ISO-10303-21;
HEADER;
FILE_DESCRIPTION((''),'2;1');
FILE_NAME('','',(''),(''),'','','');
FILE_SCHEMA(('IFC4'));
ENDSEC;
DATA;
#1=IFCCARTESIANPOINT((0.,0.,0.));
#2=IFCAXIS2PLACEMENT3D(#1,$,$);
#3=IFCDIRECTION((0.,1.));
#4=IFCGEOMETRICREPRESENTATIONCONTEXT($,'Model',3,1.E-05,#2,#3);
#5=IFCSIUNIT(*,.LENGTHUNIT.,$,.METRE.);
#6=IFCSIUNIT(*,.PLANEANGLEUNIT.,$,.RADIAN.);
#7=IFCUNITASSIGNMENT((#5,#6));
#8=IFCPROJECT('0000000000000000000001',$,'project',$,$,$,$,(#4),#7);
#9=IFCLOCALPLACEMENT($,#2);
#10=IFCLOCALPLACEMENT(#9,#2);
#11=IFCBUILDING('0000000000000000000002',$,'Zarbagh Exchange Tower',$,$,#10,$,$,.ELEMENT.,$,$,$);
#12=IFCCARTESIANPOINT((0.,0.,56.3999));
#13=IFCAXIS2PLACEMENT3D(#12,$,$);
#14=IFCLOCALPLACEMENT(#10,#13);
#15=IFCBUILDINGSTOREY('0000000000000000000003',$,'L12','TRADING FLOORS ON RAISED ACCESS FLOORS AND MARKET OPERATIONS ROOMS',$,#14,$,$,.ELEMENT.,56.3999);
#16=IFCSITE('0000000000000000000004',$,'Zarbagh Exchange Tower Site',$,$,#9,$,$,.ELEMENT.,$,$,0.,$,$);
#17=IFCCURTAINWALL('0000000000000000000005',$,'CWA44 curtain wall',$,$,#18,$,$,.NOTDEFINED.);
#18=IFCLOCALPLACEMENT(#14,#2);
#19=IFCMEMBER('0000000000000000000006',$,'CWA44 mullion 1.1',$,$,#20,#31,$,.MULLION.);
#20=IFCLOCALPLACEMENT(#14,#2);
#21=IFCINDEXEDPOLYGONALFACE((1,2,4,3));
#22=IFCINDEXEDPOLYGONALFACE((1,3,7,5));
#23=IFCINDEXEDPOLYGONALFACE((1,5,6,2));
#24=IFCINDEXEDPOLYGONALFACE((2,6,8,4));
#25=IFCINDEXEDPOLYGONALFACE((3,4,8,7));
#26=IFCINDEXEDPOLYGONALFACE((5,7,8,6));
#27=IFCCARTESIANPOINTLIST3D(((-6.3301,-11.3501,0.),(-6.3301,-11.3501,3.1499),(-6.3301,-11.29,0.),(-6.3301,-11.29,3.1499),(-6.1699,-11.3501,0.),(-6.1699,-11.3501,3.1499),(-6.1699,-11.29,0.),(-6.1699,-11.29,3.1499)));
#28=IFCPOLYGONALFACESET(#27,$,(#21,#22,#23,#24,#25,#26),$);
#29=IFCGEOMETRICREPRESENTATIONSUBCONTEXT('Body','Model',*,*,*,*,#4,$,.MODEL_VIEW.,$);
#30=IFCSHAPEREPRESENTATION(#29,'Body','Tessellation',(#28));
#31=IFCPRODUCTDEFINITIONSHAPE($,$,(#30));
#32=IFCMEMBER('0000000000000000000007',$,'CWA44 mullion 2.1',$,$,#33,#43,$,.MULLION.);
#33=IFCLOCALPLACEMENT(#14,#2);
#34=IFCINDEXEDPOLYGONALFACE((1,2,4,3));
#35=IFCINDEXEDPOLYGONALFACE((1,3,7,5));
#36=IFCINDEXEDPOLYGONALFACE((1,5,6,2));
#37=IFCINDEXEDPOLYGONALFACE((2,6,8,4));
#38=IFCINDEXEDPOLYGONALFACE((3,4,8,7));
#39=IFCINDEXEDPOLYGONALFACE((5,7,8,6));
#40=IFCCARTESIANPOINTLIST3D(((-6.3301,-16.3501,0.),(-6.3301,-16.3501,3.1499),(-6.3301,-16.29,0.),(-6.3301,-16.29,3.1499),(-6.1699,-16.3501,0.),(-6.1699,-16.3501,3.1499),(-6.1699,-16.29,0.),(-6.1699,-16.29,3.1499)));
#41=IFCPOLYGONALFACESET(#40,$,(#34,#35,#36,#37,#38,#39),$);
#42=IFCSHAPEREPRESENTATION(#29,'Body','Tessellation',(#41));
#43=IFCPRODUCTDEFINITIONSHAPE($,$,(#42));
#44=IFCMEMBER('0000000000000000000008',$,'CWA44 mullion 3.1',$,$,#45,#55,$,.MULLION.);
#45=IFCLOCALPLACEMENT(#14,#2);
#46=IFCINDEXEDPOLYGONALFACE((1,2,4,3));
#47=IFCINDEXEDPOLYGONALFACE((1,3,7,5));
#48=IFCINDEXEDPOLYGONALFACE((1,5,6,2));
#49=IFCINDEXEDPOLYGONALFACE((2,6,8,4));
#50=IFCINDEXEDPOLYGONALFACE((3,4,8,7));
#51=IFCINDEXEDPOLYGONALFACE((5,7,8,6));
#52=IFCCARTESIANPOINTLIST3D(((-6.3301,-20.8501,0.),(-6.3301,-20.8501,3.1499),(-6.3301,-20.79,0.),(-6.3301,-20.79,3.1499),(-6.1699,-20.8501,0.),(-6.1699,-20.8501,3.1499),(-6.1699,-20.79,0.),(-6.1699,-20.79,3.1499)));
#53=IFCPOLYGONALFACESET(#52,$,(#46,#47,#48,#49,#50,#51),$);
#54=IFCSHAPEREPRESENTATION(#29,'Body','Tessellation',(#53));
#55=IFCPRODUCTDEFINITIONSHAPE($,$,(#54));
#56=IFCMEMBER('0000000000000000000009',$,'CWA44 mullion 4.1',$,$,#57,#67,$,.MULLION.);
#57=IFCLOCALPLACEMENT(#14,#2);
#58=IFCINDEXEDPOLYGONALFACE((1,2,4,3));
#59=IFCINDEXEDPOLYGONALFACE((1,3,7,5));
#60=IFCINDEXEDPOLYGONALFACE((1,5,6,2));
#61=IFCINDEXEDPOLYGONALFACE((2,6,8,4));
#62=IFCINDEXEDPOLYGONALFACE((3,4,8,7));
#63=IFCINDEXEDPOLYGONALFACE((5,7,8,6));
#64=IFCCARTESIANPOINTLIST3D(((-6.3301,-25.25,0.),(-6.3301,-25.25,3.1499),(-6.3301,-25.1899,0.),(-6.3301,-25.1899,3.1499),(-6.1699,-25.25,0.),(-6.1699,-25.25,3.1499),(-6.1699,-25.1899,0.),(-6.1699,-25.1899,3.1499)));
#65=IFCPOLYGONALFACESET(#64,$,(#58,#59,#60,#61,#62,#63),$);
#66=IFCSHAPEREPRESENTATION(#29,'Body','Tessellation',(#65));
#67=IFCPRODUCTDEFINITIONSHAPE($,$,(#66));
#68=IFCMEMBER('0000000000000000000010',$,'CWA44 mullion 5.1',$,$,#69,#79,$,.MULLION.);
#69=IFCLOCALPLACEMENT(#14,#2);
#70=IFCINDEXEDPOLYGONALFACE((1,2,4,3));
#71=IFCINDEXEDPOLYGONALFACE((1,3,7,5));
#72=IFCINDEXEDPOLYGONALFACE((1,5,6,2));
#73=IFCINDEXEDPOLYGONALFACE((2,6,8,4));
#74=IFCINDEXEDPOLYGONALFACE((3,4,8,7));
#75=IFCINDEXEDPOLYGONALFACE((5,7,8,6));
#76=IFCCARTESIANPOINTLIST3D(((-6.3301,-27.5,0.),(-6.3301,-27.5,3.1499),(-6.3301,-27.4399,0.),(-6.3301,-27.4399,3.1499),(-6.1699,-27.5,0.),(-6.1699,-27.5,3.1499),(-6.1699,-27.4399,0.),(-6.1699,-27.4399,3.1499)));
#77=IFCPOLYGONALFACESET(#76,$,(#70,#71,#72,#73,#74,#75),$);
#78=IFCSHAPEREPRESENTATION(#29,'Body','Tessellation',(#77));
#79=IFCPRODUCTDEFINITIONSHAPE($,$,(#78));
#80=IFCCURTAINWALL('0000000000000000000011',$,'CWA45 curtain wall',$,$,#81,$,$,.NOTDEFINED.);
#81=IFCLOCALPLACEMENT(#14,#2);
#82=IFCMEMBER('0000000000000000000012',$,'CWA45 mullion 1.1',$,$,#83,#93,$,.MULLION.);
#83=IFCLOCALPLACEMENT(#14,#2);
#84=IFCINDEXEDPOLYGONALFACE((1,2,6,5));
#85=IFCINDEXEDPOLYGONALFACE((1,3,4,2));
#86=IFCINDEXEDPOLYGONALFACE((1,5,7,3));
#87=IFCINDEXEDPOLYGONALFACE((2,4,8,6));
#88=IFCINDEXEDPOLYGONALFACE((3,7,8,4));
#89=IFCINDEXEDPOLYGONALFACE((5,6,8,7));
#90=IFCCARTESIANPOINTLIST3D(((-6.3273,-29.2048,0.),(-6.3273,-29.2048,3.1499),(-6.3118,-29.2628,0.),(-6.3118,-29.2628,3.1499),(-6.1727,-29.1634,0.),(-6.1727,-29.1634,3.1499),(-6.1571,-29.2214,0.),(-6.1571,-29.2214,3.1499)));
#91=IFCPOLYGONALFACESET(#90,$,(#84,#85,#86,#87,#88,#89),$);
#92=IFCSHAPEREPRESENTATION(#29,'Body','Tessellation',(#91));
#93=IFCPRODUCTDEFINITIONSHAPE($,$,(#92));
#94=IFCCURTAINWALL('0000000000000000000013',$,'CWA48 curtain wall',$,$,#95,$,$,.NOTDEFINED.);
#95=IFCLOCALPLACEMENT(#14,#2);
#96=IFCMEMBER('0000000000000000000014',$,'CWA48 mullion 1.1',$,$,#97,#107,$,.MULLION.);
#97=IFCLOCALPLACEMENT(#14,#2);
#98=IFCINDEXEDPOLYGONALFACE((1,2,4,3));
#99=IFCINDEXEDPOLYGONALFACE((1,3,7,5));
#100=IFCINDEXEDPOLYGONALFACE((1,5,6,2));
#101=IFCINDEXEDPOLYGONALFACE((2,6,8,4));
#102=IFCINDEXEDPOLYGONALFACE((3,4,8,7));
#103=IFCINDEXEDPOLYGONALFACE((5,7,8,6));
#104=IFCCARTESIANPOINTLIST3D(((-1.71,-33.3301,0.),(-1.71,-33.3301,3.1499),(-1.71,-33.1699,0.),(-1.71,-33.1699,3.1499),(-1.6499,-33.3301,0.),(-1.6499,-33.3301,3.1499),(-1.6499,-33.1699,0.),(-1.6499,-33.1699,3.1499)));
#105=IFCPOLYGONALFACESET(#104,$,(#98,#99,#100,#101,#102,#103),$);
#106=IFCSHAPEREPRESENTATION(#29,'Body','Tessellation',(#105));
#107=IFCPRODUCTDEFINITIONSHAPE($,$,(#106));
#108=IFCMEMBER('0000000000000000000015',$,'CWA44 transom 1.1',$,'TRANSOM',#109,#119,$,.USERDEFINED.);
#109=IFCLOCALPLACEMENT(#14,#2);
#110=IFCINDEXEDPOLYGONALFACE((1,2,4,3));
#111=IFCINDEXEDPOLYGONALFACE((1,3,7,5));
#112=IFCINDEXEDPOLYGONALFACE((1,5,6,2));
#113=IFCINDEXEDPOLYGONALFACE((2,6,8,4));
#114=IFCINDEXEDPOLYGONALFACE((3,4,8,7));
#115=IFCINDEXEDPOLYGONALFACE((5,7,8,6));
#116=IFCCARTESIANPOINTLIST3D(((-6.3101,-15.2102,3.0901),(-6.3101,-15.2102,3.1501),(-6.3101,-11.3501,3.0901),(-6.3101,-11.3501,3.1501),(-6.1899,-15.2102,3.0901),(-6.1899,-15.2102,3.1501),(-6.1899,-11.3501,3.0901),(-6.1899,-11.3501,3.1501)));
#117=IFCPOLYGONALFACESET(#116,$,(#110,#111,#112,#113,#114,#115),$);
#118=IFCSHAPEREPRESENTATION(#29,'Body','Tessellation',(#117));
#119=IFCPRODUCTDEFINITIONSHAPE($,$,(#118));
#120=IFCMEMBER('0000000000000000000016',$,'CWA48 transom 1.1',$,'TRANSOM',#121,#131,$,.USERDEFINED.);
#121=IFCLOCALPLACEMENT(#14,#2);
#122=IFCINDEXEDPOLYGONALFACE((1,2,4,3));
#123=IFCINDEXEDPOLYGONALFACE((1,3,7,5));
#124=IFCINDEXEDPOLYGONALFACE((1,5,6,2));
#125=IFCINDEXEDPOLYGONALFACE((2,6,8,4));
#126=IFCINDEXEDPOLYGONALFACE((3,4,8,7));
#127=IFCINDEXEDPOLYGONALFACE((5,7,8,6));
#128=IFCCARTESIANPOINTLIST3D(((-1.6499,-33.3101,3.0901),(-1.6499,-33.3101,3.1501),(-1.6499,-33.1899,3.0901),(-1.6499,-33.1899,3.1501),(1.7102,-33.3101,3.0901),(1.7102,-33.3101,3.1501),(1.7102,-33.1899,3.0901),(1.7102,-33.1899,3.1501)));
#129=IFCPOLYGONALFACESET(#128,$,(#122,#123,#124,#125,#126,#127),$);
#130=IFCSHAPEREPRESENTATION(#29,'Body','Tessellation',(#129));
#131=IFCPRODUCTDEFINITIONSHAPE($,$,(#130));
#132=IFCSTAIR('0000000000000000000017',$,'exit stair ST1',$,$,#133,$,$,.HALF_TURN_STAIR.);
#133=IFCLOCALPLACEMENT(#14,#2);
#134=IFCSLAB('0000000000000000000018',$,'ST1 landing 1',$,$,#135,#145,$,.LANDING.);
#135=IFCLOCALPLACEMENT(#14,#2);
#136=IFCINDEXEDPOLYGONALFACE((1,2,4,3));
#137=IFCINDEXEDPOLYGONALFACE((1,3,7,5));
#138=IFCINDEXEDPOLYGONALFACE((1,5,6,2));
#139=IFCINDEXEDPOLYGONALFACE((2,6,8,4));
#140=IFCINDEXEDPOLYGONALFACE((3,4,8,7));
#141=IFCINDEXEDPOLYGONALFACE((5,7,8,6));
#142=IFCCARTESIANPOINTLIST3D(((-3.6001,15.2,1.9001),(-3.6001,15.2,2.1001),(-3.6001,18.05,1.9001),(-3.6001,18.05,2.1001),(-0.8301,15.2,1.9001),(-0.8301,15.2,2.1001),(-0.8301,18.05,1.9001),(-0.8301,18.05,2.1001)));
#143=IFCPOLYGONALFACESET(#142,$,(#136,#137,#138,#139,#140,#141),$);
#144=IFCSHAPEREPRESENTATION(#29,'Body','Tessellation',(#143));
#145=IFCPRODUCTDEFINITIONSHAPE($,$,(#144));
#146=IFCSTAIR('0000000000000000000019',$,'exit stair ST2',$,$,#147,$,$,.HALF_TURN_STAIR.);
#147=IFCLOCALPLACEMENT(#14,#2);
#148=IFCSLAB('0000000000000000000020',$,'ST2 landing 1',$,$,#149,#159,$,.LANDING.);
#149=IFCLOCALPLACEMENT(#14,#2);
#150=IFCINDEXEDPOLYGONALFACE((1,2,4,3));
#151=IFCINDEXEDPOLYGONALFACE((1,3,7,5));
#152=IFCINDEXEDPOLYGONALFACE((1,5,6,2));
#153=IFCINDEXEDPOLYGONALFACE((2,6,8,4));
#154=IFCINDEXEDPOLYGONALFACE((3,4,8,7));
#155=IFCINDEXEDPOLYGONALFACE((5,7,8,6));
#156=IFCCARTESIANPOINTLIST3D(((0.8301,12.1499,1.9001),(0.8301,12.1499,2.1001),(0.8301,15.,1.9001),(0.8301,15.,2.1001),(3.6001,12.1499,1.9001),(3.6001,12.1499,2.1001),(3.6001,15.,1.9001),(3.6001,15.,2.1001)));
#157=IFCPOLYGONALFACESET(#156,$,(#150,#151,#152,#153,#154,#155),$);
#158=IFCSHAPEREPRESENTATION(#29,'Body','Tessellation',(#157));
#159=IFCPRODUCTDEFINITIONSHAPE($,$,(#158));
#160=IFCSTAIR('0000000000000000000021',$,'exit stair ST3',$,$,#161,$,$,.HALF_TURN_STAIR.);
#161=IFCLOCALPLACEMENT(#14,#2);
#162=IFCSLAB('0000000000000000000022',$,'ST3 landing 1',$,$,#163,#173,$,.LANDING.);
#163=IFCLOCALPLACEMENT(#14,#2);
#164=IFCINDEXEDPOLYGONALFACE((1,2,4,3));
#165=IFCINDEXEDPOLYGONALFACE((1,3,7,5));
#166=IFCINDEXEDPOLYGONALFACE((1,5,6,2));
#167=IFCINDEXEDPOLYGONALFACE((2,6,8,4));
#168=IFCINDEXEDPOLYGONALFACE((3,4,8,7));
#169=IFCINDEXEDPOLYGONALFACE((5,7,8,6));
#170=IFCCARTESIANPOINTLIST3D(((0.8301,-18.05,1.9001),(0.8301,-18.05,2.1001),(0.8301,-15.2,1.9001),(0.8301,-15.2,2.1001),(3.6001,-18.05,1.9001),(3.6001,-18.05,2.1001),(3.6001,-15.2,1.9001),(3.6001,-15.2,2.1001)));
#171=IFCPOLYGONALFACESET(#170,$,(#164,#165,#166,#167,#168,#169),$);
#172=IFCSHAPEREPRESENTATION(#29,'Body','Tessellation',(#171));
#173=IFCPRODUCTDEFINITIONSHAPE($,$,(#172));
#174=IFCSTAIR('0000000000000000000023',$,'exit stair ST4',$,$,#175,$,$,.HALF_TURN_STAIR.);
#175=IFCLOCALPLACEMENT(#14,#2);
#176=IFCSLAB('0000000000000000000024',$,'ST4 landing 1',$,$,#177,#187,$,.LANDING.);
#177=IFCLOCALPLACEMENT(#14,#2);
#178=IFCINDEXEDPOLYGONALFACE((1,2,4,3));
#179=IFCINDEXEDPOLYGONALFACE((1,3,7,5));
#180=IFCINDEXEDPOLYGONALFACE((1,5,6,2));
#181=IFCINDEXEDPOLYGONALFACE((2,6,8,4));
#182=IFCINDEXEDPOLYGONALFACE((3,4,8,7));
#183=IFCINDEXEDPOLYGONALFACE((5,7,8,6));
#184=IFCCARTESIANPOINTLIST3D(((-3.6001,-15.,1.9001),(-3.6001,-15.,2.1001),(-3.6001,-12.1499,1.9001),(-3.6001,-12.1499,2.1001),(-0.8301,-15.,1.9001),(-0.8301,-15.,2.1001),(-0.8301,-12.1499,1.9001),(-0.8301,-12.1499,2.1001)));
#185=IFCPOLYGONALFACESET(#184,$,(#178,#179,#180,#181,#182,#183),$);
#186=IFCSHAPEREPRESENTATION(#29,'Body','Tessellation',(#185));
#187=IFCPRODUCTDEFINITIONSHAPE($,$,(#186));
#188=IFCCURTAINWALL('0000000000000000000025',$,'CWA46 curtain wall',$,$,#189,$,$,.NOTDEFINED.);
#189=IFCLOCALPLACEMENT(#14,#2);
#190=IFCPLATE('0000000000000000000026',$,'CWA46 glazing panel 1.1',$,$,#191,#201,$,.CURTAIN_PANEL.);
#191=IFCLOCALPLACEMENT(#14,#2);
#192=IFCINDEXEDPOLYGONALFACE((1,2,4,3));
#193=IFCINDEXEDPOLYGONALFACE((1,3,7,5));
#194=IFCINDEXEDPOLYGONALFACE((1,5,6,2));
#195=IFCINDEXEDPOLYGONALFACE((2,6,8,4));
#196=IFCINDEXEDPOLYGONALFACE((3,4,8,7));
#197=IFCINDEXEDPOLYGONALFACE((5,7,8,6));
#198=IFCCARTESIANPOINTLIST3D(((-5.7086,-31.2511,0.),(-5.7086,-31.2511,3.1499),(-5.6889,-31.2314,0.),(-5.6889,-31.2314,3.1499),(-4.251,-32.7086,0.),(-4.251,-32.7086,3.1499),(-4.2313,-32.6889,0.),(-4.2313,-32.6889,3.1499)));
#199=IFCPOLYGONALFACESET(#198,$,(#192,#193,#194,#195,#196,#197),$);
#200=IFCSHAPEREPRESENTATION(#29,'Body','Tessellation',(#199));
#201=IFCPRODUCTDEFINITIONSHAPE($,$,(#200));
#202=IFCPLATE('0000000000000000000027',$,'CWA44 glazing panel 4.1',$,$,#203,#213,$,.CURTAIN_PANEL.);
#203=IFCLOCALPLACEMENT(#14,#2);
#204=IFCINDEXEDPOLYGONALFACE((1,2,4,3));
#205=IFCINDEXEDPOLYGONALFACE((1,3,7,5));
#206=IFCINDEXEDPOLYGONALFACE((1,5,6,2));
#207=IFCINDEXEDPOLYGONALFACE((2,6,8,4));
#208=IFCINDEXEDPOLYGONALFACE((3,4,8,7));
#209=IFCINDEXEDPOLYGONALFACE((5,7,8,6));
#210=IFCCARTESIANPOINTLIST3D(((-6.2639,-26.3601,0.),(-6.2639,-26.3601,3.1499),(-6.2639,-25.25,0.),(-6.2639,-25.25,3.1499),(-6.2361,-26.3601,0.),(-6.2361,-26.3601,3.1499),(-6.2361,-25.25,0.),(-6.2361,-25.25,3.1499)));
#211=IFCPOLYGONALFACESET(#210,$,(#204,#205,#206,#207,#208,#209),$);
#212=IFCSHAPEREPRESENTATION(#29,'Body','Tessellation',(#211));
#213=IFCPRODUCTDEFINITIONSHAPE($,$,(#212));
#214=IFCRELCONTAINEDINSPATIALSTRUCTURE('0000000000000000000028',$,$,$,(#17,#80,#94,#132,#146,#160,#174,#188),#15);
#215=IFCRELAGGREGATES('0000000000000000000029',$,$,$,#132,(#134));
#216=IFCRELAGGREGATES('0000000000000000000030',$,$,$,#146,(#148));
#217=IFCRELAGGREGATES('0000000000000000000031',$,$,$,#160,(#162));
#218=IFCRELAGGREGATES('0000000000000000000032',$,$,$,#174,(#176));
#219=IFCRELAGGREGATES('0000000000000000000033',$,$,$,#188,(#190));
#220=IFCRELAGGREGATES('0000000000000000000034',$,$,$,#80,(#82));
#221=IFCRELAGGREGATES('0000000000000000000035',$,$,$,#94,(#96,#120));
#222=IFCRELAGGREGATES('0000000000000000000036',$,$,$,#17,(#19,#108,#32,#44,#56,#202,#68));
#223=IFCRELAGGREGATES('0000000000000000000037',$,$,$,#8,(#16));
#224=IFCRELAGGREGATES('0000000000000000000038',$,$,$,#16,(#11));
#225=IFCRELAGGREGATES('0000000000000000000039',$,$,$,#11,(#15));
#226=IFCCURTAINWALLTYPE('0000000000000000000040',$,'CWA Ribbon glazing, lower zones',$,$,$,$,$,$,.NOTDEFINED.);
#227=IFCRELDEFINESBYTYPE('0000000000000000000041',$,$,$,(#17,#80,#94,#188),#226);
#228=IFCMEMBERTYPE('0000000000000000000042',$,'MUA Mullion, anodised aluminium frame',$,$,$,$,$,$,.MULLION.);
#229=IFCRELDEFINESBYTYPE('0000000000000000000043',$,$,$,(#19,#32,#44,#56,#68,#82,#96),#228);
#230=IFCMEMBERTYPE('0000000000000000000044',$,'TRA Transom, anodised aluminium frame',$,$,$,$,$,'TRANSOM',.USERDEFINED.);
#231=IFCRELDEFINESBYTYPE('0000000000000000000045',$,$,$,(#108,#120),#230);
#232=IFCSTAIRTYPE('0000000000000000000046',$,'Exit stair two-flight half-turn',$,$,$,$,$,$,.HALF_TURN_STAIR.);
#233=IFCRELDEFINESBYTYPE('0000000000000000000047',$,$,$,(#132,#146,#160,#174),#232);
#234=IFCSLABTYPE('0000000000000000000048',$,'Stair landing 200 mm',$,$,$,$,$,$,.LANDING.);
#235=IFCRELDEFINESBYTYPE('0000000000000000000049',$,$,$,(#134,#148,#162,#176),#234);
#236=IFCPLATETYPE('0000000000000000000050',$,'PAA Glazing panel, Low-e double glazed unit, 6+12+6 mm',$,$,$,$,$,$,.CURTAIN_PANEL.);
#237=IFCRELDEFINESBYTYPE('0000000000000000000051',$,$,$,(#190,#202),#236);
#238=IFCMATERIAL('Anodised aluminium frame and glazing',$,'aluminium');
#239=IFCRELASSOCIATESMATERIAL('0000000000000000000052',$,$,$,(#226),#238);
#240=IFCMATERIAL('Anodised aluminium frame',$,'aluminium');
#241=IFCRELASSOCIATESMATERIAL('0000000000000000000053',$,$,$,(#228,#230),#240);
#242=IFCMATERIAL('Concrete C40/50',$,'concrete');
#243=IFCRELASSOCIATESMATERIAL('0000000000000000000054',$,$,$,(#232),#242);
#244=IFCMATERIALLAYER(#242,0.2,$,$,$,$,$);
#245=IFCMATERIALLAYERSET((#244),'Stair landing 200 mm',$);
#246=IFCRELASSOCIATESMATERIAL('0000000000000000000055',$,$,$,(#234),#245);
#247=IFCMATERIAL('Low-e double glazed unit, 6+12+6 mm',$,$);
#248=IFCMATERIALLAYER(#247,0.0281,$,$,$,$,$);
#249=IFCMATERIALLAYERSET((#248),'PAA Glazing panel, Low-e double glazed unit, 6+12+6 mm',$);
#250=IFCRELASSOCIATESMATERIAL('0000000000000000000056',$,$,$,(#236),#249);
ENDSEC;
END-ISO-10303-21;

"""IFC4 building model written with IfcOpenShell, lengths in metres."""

from ifc_helpers import new_model, si_unit, direction, frame, origin, place, context, subcontext, project, spatial, polyline, outline, extrude, source, transform, mapped, material, layer, layer_set, type_object, element, aggregate, save


model = new_model("IFC4")

# Units and contexts
model_context = context("Model", 3, precision=1e-05, world=origin(), true_north=direction((0.0, 1.0)))
body_context = subcontext(model_context, "Body", "Model", "MODEL_VIEW")
ifc_project = project(units=[si_unit("LENGTHUNIT", "METRE"), si_unit("PLANEANGLEUNIT", "RADIAN")], contexts=[model_context])

# Site, building, storey
site_placement = place(None, origin())
site = spatial("IfcSite", under=ifc_project, at=site_placement, Name="Zarbagh Exchange Tower Site", CompositionType="ELEMENT", RefElevation=0.0)
building_placement = place(site_placement, origin())
building = spatial("IfcBuilding", under=site, at=building_placement, Name="Zarbagh Exchange Tower", CompositionType="ELEMENT")
storey_placement = place(building_placement, frame((0.0, 0.0, 56.3999)))
storey = spatial("IfcBuildingStorey", under=building, at=storey_placement, Name="L12", Description="TRADING FLOORS ON RAISED ACCESS FLOORS AND MARKET OPERATIONS ROOMS", CompositionType="ELEMENT", Elevation=56.3999)

# Curtain wall, members
ifc_material_1 = material(Name="Anodised aluminium frame and glazing", Category="aluminium")
curtain_wall_type = type_object("IfcCurtainWallType", Name="CWA Ribbon glazing, lower zones", PredefinedType="NOTDEFINED", material=ifc_material_1)
curtain_wall_1_placement = place(storey_placement, origin())
curtain_wall_1 = element("IfcCurtainWall", 1, at=curtain_wall_1_placement, inside=storey, type_object=curtain_wall_type, Name="CWA44 curtain wall", PredefinedType="NOTDEFINED")
ifc_material_2 = material(Name="Anodised aluminium frame", Category="aluminium")
member_type_1 = type_object("IfcMemberType", Name="MUA Mullion, anodised aluminium frame", PredefinedType="MULLION", material=ifc_material_2)
shared_shape_1 = source(origin(), body_context, "Body", "SweptSolid", [
    extrude(outline(polyline([(0.0, -0.0801), (0.0601, -0.0801), (0.0601, 0.0801), (0.0, 0.0801), (0.0, -0.0801)])), origin(), (0.0, 0.0, 1.0), 3.1499),
])
placement = place(storey_placement, origin())
member_1 = element("IfcMember", 2, at=placement, type_object=member_type_1, Name="CWA44 mullion 1.1", PredefinedType="MULLION", context=body_context, shape_type="MappedRepresentation", body=[
    mapped(shared_shape_1, transform((-6.25, -11.29, 0.0), x_axis=(0.0, -1.0, 0.0), y_axis=(1.0, 0.0, 0.0), z_axis=(0.0, 0.0, 1.0))),
])
member_2 = element("IfcMember", 3, at=placement, type_object=member_type_1, Name="CWA44 mullion 2.1", PredefinedType="MULLION", context=body_context, shape_type="MappedRepresentation", body=[
    mapped(shared_shape_1, transform((-6.25, -16.29, 0.0), x_axis=(0.0, -1.0, 0.0), y_axis=(1.0, 0.0, 0.0), z_axis=(0.0, 0.0, 1.0))),
])
member_3 = element("IfcMember", 4, at=placement, type_object=member_type_1, Name="CWA44 mullion 3.1", PredefinedType="MULLION", context=body_context, shape_type="MappedRepresentation", body=[
    mapped(shared_shape_1, transform((-6.25, -20.79, 0.0), x_axis=(0.0, -1.0, 0.0), y_axis=(1.0, 0.0, 0.0), z_axis=(0.0, 0.0, 1.0))),
])
member_4 = element("IfcMember", 5, at=placement, type_object=member_type_1, Name="CWA44 mullion 4.1", PredefinedType="MULLION", context=body_context, shape_type="MappedRepresentation", body=[
    mapped(shared_shape_1, transform((-6.25, -25.1899, 0.0), x_axis=(0.0, -1.0, 0.0), y_axis=(1.0, 0.0, 0.0), z_axis=(0.0, 0.0, 1.0))),
])
member_5 = element("IfcMember", 6, at=placement, type_object=member_type_1, Name="CWA44 mullion 5.1", PredefinedType="MULLION", context=body_context, shape_type="MappedRepresentation", body=[
    mapped(shared_shape_1, transform((-6.25, -27.4399, 0.0), x_axis=(0.0, -1.0, 0.0), y_axis=(1.0, 0.0, 0.0), z_axis=(0.0, 0.0, 1.0))),
])

# Curtain walls, members
curtain_wall_2_placement = place(storey_placement, origin())
curtain_wall_2 = element("IfcCurtainWall", 7, at=curtain_wall_2_placement, inside=storey, type_object=curtain_wall_type, Name="CWA45 curtain wall", PredefinedType="NOTDEFINED")
member_6 = element("IfcMember", 8, at=placement, type_object=member_type_1, Name="CWA45 mullion 1.1", PredefinedType="MULLION", context=body_context, shape_type="MappedRepresentation", body=[
    mapped(shared_shape_1, transform((-6.25, -29.1841, 0.0), x_axis=(0.258825, -0.965924, 0.0), y_axis=(0.965924, 0.258825, 0.0), z_axis=(0.0, 0.0, 1.0))),
])
curtain_wall_3_placement = place(storey_placement, origin())
curtain_wall_3 = element("IfcCurtainWall", 9, at=curtain_wall_3_placement, inside=storey, type_object=curtain_wall_type, Name="CWA48 curtain wall", PredefinedType="NOTDEFINED")
member_7 = element("IfcMember", 10, at=placement, type_object=member_type_1, Name="CWA48 mullion 1.1", PredefinedType="MULLION", context=body_context, shape_type="MappedRepresentation", body=[
    mapped(shared_shape_1, transform((-1.71, -33.25, 0.0), x_axis=(1.0, 0.0, 0.0), y_axis=(0.0, 1.0, 0.0), z_axis=(0.0, 0.0, 1.0))),
])

# Members
member_type_2 = type_object("IfcMemberType", Name="TRA Transom, anodised aluminium frame", ElementType="TRANSOM", PredefinedType="USERDEFINED", material=ifc_material_2)
shared_shape_2 = source(origin(), body_context, "Body", "SweptSolid", [
    extrude(outline(polyline([(-0.0601, -0.0601), (0.0, -0.0601), (0.0, 0.0601), (-0.0601, 0.0601), (-0.0601, -0.0601)])), origin(), (0.0, 0.0, 1.0), 3.8601),
])
member_8 = element("IfcMember", 11, at=placement, type_object=member_type_2, Name="CWA44 transom 1.1", ObjectType="TRANSOM", PredefinedType="USERDEFINED", context=body_context, shape_type="MappedRepresentation", body=[
    mapped(shared_shape_2, transform((-6.25, -11.3501, 3.1501), x_axis=(0.0, 0.0, 1.0), y_axis=(-1.0, 0.0, 0.0), z_axis=(0.0, -1.0, 0.0))),
])
shared_shape_3 = source(origin(), body_context, "Body", "SweptSolid", [
    extrude(outline(polyline([(-0.0601, -0.0601), (0.0, -0.0601), (0.0, 0.0601), (-0.0601, 0.0601), (-0.0601, -0.0601)])), origin(), (0.0, 0.0, 1.0), 3.3601),
])
member_9 = element("IfcMember", 12, at=placement, type_object=member_type_2, Name="CWA48 transom 1.1", ObjectType="TRANSOM", PredefinedType="USERDEFINED", context=body_context, shape_type="MappedRepresentation", body=[
    mapped(shared_shape_3, transform((-1.6499, -33.25, 3.1501), x_axis=(0.0, 0.0, 1.0), y_axis=(0.0, -1.0, 0.0), z_axis=(1.0, 0.0, 0.0))),
])

# Stairs, slabs
ifc_material_3 = material(Name="Concrete C40/50", Category="concrete")
stair_type = type_object("IfcStairType", Name="Exit stair two-flight half-turn", PredefinedType="HALF_TURN_STAIR", material=ifc_material_3)
stair_1_placement = place(storey_placement, origin())
stair_1 = element("IfcStair", 13, at=stair_1_placement, inside=storey, type_object=stair_type, Name="exit stair ST1", PredefinedType="HALF_TURN_STAIR")
ifc_layer_1 = layer(ifc_material_3, 0.2)
ifc_layer_set_1 = layer_set([ifc_layer_1], Name="Stair landing 200 mm")
slab_type = type_object("IfcSlabType", Name="Stair landing 200 mm", PredefinedType="LANDING", material=ifc_layer_set_1)
slab_1_placement = place(storey_placement, frame((0.0, 0.0, 1.9001)))
slab_1 = element("IfcSlab", 14, at=slab_1_placement, type_object=slab_type, Name="ST1 landing 1", PredefinedType="LANDING", context=body_context, shape_type="SweptSolid", body=[
    extrude(outline(polyline([(-0.8301, 18.05), (-3.6001, 18.05), (-3.6001, 15.2), (-0.8301, 15.2), (-0.8301, 18.05)])), origin(), (0.0, 0.0, 1.0), 0.2),
])
aggregate(stair_1, [slab_1])
stair_2_placement = place(storey_placement, origin())
stair_2 = element("IfcStair", 15, at=stair_2_placement, inside=storey, type_object=stair_type, Name="exit stair ST2", PredefinedType="HALF_TURN_STAIR")
slab_2_placement = place(storey_placement, frame((0.0, 0.0, 1.9001)))
slab_2 = element("IfcSlab", 16, at=slab_2_placement, type_object=slab_type, Name="ST2 landing 1", PredefinedType="LANDING", context=body_context, shape_type="SweptSolid", body=[
    extrude(outline(polyline([(0.8301, 12.1499), (3.6001, 12.1499), (3.6001, 15.0), (0.8301, 15.0), (0.8301, 12.1499)])), origin(), (0.0, 0.0, 1.0), 0.2),
])
aggregate(stair_2, [slab_2])
stair_3_placement = place(storey_placement, origin())
stair_3 = element("IfcStair", 17, at=stair_3_placement, inside=storey, type_object=stair_type, Name="exit stair ST3", PredefinedType="HALF_TURN_STAIR")
slab_3_placement = place(storey_placement, frame((0.0, 0.0, 1.9001)))
slab_3 = element("IfcSlab", 18, at=slab_3_placement, type_object=slab_type, Name="ST3 landing 1", PredefinedType="LANDING", context=body_context, shape_type="SweptSolid", body=[
    extrude(outline(polyline([(0.8301, -18.05), (3.6001, -18.05), (3.6001, -15.2), (0.8301, -15.2), (0.8301, -18.05)])), origin(), (0.0, 0.0, 1.0), 0.2),
])
aggregate(stair_3, [slab_3])
stair_4_placement = place(storey_placement, origin())
stair_4 = element("IfcStair", 19, at=stair_4_placement, inside=storey, type_object=stair_type, Name="exit stair ST4", PredefinedType="HALF_TURN_STAIR")
slab_4_placement = place(storey_placement, frame((0.0, 0.0, 1.9001)))
slab_4 = element("IfcSlab", 20, at=slab_4_placement, type_object=slab_type, Name="ST4 landing 1", PredefinedType="LANDING", context=body_context, shape_type="SweptSolid", body=[
    extrude(outline(polyline([(-0.8301, -12.1499), (-3.6001, -12.1499), (-3.6001, -15.0), (-0.8301, -15.0), (-0.8301, -12.1499)])), origin(), (0.0, 0.0, 1.0), 0.2),
])
aggregate(stair_4, [slab_4])

# Curtain wall, plate
curtain_wall_4_placement = place(storey_placement, origin())
curtain_wall_4 = element("IfcCurtainWall", 21, at=curtain_wall_4_placement, inside=storey, type_object=curtain_wall_type, Name="CWA46 curtain wall", PredefinedType="NOTDEFINED")
ifc_material_4 = material(Name="Low-e double glazed unit, 6+12+6 mm")
ifc_layer_2 = layer(ifc_material_4, 0.0281)
ifc_layer_set_2 = layer_set([ifc_layer_2], Name="PAA Glazing panel, Low-e double glazed unit, 6+12+6 mm")
plate_type = type_object("IfcPlateType", Name="PAA Glazing panel, Low-e double glazed unit, 6+12+6 mm", PredefinedType="CURTAIN_PANEL", material=ifc_layer_set_2)
shared_shape_4 = source(origin(), body_context, "Body", "SweptSolid", [
    extrude(outline(polyline([(0.0, -0.0139), (2.0613, -0.0139), (2.0613, 0.0139), (0.0, 0.0139), (0.0, -0.0139)])), origin(), (0.0, 0.0, 1.0), 3.1499),
])
plate_1 = element("IfcPlate", 22, at=placement, type_object=plate_type, Name="CWA46 glazing panel 1.1", PredefinedType="CURTAIN_PANEL", context=body_context, shape_type="MappedRepresentation", body=[
    mapped(shared_shape_4, transform((-5.6987, -31.2412, 0.0), x_axis=(0.707107, -0.707107, 0.0), y_axis=(0.707107, 0.707107, 0.0), z_axis=(0.0, 0.0, 1.0))),
])
aggregate(curtain_wall_4, [plate_1])

# Plate
shared_shape_5 = source(origin(), body_context, "Body", "SweptSolid", [
    extrude(outline(polyline([(0.0, -0.0139), (1.1101, -0.0139), (1.1101, 0.0139), (0.0, 0.0139), (0.0, -0.0139)])), origin(), (0.0, 0.0, 1.0), 3.1499),
])
plate_2 = element("IfcPlate", 23, at=placement, type_object=plate_type, Name="CWA44 glazing panel 4.1", PredefinedType="CURTAIN_PANEL", context=body_context, shape_type="MappedRepresentation", body=[
    mapped(shared_shape_5, transform((-6.25, -25.25, 0.0), x_axis=(0.0, -1.0, 0.0), y_axis=(1.0, 0.0, 0.0), z_axis=(0.0, 0.0, 1.0))),
])
aggregate(curtain_wall_2, [member_6])

aggregate(curtain_wall_3, [member_7, member_9])
aggregate(curtain_wall_1, [member_1, member_8, member_2, member_3, member_4, plate_2, member_5])

save(model, "model.ifc")
